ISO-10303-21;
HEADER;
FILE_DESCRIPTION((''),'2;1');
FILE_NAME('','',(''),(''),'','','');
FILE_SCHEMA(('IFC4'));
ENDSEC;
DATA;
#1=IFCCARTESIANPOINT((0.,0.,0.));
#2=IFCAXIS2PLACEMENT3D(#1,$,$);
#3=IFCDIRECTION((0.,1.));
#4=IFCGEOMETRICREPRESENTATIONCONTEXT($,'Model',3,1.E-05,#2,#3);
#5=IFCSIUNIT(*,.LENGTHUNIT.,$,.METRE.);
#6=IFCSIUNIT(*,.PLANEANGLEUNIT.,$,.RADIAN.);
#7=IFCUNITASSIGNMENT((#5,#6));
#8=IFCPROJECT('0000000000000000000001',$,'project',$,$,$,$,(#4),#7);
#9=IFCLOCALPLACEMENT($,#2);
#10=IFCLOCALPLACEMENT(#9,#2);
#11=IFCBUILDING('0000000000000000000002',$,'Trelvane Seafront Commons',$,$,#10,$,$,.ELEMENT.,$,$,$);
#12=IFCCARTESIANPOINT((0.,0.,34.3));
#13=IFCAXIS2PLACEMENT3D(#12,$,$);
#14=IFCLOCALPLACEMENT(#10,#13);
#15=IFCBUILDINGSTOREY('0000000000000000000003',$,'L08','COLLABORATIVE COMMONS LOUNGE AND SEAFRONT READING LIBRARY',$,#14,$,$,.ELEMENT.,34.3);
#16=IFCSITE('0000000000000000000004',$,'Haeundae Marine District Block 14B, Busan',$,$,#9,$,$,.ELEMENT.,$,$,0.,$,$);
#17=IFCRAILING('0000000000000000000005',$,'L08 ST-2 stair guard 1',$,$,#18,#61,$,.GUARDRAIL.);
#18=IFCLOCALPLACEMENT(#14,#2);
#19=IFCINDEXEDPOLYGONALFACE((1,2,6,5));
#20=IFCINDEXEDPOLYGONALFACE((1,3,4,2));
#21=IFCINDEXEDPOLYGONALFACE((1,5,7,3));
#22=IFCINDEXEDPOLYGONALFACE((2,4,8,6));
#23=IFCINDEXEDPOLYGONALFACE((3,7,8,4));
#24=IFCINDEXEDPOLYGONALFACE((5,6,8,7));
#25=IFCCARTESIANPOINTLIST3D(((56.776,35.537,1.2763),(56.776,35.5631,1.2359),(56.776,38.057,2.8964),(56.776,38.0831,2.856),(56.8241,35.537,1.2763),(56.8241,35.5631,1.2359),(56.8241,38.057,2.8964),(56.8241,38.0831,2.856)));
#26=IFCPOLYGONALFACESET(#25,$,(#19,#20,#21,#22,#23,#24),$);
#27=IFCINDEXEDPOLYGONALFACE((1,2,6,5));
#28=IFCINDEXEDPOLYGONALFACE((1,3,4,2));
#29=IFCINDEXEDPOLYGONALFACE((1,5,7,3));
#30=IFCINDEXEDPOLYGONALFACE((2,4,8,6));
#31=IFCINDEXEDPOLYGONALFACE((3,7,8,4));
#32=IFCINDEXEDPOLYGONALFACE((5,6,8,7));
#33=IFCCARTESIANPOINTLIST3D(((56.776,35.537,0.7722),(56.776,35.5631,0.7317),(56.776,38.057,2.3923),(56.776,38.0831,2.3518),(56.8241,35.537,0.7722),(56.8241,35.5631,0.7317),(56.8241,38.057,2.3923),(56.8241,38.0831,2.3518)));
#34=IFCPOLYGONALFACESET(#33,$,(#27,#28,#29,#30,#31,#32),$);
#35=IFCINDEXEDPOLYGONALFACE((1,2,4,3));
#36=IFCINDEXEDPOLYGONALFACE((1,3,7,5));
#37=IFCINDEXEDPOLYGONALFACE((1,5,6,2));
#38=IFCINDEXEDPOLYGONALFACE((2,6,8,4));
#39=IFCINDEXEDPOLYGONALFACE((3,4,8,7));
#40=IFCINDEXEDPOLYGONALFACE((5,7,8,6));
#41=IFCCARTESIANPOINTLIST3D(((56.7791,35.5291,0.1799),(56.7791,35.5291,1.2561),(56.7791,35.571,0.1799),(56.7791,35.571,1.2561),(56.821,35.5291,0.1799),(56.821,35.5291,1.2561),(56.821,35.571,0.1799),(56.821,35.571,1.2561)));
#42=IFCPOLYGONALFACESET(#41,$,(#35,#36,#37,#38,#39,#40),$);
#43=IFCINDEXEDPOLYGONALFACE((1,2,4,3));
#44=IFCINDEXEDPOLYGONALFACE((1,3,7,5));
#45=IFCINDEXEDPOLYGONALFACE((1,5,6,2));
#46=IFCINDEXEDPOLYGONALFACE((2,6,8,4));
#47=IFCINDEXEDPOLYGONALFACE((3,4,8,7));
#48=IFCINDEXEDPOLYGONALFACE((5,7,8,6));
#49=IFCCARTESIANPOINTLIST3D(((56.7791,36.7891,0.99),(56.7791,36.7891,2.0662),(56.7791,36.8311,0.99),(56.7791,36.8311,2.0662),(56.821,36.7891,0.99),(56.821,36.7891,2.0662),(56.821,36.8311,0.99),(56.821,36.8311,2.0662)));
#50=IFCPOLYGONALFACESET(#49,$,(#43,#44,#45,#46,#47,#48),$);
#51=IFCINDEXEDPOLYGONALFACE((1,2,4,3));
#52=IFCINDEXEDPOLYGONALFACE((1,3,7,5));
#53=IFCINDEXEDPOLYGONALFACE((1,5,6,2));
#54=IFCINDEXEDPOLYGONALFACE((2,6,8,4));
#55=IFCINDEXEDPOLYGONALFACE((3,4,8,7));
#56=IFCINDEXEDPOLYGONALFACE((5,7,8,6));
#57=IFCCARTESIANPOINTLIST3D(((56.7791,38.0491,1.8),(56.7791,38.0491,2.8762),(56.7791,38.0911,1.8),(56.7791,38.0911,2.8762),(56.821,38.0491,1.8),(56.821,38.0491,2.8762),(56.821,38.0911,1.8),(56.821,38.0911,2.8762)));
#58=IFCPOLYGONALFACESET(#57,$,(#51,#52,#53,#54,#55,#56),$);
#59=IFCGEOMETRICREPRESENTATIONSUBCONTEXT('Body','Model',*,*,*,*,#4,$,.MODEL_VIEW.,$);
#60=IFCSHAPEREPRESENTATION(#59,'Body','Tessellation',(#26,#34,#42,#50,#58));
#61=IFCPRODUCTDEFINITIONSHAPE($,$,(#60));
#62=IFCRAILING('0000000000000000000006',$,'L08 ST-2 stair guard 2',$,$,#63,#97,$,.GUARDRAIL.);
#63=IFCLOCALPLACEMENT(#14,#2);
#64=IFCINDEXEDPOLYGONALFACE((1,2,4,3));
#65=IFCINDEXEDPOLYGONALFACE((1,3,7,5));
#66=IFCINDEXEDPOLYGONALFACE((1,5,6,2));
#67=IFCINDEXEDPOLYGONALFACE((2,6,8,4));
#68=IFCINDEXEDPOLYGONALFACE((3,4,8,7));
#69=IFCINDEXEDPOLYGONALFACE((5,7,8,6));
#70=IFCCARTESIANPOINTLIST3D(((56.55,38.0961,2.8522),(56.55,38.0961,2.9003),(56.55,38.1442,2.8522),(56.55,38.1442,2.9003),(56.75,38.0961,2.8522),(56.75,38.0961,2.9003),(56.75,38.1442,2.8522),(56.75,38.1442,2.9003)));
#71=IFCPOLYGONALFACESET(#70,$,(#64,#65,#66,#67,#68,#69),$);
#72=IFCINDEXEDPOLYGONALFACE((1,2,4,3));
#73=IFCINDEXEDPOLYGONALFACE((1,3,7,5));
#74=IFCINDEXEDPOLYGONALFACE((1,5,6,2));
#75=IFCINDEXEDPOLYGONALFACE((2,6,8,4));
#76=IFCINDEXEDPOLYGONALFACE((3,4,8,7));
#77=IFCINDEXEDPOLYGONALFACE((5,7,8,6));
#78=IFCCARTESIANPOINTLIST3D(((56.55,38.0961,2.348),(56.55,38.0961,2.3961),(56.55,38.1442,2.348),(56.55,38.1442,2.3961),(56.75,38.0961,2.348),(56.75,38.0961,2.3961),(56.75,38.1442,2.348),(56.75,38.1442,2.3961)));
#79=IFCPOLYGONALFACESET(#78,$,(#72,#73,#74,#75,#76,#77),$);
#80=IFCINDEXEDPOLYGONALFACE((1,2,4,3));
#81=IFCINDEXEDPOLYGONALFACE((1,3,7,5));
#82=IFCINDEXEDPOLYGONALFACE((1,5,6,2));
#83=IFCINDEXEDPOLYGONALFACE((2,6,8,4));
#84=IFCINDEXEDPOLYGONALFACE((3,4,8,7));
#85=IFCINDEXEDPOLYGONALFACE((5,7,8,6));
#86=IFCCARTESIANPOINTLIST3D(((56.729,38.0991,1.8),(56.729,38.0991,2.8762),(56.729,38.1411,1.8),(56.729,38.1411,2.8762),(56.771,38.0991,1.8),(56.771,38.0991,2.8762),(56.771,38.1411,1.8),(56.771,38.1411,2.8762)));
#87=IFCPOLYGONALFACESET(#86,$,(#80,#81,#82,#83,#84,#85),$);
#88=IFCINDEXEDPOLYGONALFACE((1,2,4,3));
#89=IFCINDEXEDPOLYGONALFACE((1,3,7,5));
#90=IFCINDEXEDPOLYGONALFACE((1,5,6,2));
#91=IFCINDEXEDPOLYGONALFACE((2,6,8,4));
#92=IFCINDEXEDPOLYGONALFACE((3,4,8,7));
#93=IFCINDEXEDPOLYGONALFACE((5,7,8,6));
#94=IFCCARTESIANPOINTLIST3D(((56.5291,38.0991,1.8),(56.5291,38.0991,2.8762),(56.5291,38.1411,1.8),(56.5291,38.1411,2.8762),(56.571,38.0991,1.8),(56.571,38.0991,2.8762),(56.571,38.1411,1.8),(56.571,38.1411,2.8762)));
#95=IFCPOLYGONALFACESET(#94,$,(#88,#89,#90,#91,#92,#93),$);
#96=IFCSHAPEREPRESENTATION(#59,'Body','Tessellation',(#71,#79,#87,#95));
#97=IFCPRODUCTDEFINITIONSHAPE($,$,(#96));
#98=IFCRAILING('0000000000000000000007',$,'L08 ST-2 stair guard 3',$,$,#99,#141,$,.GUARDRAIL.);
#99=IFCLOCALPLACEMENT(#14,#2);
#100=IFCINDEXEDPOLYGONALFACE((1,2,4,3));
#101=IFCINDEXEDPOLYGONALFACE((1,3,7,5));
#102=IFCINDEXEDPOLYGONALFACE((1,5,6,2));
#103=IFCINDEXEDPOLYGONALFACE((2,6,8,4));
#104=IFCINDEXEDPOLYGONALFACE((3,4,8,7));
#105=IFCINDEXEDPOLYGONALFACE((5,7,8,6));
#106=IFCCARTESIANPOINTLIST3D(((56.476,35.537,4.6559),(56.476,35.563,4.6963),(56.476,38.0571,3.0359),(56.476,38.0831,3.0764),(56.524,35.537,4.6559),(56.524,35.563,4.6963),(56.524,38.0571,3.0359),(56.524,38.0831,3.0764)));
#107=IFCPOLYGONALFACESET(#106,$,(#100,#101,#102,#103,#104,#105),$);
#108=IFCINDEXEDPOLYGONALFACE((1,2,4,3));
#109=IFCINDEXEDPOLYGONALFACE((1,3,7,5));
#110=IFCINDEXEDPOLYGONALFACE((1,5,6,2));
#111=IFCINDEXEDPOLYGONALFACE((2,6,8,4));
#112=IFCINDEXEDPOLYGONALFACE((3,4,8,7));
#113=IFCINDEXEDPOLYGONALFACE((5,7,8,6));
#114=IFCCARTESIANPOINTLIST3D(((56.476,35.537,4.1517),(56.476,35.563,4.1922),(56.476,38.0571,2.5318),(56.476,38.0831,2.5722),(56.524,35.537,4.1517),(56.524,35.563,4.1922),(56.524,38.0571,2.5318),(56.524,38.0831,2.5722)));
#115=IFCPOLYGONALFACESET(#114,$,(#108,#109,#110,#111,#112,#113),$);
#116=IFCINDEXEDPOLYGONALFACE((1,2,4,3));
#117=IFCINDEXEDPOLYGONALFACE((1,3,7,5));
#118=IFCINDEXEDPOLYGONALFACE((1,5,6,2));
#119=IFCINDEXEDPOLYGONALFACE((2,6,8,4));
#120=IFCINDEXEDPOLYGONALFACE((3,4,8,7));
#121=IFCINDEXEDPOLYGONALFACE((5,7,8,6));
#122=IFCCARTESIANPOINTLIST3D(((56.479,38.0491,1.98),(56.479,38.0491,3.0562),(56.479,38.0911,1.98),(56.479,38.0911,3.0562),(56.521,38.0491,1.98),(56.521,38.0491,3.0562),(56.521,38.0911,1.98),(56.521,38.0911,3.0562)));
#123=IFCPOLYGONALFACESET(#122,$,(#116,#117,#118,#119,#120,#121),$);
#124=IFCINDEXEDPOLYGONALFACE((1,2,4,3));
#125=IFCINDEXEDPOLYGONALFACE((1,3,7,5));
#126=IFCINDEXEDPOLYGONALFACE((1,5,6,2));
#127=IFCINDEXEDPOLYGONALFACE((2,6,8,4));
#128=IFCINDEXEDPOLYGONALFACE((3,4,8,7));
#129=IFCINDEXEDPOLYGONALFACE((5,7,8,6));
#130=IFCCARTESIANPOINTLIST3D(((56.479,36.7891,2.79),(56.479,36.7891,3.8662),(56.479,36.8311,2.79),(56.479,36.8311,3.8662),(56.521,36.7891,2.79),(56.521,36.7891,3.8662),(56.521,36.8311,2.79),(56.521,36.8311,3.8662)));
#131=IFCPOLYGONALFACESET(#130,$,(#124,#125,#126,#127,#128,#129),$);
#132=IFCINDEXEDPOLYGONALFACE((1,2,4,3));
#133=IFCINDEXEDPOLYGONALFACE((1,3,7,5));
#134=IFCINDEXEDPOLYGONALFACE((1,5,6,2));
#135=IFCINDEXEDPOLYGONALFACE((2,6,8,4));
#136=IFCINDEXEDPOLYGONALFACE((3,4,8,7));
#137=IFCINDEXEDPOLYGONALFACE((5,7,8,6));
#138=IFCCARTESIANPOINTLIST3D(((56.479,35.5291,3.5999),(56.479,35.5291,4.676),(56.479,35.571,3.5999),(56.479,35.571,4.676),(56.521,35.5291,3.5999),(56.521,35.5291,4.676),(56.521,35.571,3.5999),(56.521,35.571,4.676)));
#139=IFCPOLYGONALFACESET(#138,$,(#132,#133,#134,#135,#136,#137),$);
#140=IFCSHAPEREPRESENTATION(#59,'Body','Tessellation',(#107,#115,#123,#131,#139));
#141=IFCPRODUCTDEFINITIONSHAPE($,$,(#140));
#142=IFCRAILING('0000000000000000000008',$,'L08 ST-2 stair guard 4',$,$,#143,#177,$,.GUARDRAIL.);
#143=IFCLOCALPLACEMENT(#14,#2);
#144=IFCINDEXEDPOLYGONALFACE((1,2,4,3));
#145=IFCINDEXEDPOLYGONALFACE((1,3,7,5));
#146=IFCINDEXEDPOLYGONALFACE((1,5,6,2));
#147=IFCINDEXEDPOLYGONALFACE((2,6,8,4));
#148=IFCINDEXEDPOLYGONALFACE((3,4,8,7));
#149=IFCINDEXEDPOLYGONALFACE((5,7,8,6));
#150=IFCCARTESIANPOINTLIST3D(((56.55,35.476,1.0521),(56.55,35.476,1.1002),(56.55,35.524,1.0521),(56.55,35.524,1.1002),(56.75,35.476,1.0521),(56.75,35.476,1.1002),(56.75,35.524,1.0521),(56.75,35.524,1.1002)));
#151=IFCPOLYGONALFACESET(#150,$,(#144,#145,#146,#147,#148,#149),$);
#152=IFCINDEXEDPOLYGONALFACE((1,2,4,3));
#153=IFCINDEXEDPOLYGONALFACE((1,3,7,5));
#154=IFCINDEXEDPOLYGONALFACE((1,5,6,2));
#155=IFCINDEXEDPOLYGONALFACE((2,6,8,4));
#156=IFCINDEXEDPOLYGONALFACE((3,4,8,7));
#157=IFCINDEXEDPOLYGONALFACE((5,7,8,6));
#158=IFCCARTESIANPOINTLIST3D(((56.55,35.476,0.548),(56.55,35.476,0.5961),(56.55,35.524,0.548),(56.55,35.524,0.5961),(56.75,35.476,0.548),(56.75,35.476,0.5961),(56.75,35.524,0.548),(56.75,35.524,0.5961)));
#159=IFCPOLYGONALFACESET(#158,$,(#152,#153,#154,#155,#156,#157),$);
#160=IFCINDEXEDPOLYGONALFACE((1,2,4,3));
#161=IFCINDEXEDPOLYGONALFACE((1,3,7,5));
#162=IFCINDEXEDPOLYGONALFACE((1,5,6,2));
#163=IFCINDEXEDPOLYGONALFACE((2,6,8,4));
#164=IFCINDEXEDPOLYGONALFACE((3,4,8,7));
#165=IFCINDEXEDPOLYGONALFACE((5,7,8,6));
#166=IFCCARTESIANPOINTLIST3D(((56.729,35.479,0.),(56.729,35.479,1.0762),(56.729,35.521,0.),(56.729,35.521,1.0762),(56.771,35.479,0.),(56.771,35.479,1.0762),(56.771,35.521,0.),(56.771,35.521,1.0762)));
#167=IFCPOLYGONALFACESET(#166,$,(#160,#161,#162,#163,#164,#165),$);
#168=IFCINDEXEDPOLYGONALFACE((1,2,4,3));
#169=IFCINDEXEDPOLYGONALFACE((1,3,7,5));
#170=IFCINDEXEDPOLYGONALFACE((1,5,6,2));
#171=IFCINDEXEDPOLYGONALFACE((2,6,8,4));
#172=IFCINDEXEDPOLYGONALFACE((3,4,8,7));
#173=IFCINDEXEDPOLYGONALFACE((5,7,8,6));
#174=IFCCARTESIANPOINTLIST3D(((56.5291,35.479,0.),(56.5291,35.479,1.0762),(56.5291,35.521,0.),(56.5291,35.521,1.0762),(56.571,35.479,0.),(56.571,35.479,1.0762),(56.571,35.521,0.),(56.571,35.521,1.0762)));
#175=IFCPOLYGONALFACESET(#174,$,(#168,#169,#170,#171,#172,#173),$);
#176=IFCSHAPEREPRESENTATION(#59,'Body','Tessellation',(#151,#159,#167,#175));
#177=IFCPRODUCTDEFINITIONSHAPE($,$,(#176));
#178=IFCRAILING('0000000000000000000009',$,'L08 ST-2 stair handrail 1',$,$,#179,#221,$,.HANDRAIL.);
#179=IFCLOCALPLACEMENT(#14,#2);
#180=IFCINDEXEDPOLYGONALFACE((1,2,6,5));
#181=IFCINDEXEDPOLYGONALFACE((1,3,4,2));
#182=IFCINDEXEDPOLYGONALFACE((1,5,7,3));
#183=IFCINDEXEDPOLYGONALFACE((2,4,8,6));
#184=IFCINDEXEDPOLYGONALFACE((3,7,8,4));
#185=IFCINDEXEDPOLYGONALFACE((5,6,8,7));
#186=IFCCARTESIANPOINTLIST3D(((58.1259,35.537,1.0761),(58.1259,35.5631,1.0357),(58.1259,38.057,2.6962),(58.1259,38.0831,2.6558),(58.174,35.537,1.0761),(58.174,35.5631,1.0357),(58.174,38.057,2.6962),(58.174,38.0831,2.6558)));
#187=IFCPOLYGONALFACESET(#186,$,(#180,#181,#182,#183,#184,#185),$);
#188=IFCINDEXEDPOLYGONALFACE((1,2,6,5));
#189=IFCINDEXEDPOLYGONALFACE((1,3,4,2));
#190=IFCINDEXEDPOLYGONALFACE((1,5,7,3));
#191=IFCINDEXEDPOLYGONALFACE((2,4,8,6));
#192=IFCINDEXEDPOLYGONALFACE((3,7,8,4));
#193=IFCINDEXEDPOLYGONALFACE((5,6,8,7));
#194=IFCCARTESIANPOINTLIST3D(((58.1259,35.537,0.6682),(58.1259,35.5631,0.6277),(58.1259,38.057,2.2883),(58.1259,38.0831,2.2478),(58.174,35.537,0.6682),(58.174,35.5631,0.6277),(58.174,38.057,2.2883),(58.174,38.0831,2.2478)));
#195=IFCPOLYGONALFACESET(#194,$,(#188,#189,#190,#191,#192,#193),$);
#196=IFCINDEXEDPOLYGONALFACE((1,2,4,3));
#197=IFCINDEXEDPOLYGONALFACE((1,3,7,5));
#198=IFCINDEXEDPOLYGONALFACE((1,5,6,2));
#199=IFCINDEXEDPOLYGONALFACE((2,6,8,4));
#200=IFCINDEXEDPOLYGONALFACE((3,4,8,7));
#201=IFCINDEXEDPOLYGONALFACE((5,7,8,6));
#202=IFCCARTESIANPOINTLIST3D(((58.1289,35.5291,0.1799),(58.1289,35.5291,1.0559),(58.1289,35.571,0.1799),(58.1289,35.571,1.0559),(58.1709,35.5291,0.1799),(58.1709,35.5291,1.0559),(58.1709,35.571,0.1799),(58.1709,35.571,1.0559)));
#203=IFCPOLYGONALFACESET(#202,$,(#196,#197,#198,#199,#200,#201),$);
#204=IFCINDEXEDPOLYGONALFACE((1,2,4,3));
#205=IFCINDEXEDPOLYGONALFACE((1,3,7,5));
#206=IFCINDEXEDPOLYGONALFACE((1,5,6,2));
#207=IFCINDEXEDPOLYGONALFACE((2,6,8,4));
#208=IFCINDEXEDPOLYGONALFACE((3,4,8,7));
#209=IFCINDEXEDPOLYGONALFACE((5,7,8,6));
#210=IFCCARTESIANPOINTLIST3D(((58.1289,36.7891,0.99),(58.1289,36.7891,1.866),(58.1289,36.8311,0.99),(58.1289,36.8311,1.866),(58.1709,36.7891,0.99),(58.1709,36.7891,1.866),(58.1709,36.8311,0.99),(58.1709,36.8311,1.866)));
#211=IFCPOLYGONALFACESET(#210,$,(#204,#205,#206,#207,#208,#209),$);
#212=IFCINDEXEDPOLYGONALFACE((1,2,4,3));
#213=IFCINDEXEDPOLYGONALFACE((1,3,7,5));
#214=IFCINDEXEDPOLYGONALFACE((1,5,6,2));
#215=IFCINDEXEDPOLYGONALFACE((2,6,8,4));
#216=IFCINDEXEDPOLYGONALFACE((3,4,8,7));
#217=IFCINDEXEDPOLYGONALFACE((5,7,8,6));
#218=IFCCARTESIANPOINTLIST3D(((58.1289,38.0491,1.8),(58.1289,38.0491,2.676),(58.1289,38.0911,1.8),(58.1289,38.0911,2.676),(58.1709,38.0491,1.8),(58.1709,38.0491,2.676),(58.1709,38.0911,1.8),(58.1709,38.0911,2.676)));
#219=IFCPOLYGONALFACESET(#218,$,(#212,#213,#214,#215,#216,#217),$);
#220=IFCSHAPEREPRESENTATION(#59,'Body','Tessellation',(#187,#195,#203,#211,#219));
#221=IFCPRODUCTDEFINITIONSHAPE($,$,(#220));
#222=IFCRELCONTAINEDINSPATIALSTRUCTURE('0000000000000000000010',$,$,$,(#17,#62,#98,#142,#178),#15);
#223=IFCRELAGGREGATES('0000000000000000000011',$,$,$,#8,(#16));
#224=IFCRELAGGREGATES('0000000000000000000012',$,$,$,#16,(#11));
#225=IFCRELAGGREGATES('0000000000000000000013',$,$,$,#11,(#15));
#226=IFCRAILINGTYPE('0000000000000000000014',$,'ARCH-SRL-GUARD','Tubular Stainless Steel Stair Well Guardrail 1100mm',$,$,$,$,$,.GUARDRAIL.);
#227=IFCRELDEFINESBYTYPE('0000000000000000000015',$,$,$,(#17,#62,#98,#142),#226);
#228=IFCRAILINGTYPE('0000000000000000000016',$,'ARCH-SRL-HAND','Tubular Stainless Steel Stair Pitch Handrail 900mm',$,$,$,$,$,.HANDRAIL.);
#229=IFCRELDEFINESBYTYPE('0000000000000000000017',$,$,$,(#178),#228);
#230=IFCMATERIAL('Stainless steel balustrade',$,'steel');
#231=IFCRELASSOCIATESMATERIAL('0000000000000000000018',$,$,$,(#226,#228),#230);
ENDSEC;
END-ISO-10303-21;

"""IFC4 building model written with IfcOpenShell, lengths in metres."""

from ifc_helpers import new_model, si_unit, direction, frame, origin, origin_2d, place, context, subcontext, project, spatial, rectangle, extrude, material, type_object, element, save


model = new_model("IFC4")

# Units and contexts
model_context = context("Model", 3, precision=1e-05, world=origin(), true_north=direction((0.0, 1.0)))
body_context = subcontext(model_context, "Body", "Model", "MODEL_VIEW")
ifc_project = project(units=[si_unit("LENGTHUNIT", "METRE"), si_unit("PLANEANGLEUNIT", "RADIAN")], contexts=[model_context])

# Site, building, storey
site_placement = place(None, origin())
site = spatial("IfcSite", under=ifc_project, at=site_placement, Name="Haeundae Marine District Block 14B, Busan", CompositionType="ELEMENT", RefElevation=0.0)
building_placement = place(site_placement, origin())
building = spatial("IfcBuilding", under=site, at=building_placement, Name="Trelvane Seafront Commons", CompositionType="ELEMENT")
storey_placement = place(building_placement, frame((0.0, 0.0, 34.3)))
storey = spatial("IfcBuildingStorey", under=building, at=storey_placement, Name="L08", Description="COLLABORATIVE COMMONS LOUNGE AND SEAFRONT READING LIBRARY", CompositionType="ELEMENT", Elevation=34.3)

# Railings
ifc_material_1 = material(Name="Stainless steel balustrade", Category="steel")
railing_type_1 = type_object("IfcRailingType", Name="ARCH-SRL-GUARD", Description="Tubular Stainless Steel Stair Well Guardrail 1100mm", PredefinedType="GUARDRAIL", material=ifc_material_1)
railing_1_placement = place(storey_placement, frame((56.8, 35.55, 0.1799)))
element("IfcRailing", 1, at=railing_1_placement, inside=storey, type_object=railing_type_1, Name="L08 ST-2 stair guard 1", PredefinedType="GUARDRAIL", context=body_context, shape_type="SweptSolid", body=[
    extrude(rectangle(XDim=0.0481, YDim=0.0481, at=origin_2d()), frame((0.0, 0.0, 1.0762), z_axis=(0.0, 0.841163, 0.540782), x_axis=(-1.0, 0.0, 0.0)), (0.0, 0.0, 1.0), 2.9958),
    extrude(rectangle(XDim=0.0481, YDim=0.0481, at=origin_2d()), frame((0.0, 0.0, 0.572), z_axis=(0.0, 0.841163, 0.540782), x_axis=(-1.0, 0.0, 0.0)), (0.0, 0.0, 1.0), 2.9958),
    extrude(rectangle(XDim=0.042, YDim=0.042, at=origin_2d()), origin(), (0.0, 0.0, 1.0), 1.0762),
    extrude(rectangle(XDim=0.042, YDim=0.042, at=origin_2d()), frame((0.0, 1.26, 0.8101)), (0.0, 0.0, 1.0), 1.0762),
    extrude(rectangle(XDim=0.042, YDim=0.042, at=origin_2d()), frame((0.0, 2.52, 1.6201)), (0.0, 0.0, 1.0), 1.0762),
])
railing_2_placement = place(storey_placement, frame((56.75, 38.1201, 1.8)))
element("IfcRailing", 2, at=railing_2_placement, inside=storey, type_object=railing_type_1, Name="L08 ST-2 stair guard 2", PredefinedType="GUARDRAIL", context=body_context, shape_type="SweptSolid", body=[
    extrude(rectangle(XDim=0.0481, YDim=0.0481, at=origin_2d()), frame((0.0, 0.0, 1.0762), z_axis=(-1.0, 0.0, 0.0), x_axis=(0.0, -1.0, 0.0)), (0.0, 0.0, 1.0), 0.2),
    extrude(rectangle(XDim=0.0481, YDim=0.0481, at=origin_2d()), frame((0.0, 0.0, 0.572), z_axis=(-1.0, 0.0, 0.0), x_axis=(0.0, -1.0, 0.0)), (0.0, 0.0, 1.0), 0.2),
    extrude(rectangle(XDim=0.042, YDim=0.042, at=origin_2d()), origin(), (0.0, 0.0, 1.0), 1.0762),
    extrude(rectangle(XDim=0.042, YDim=0.042, at=origin_2d()), frame((-0.2, 0.0, 0.0)), (0.0, 0.0, 1.0), 1.0762),
])
railing_3_placement = place(storey_placement, frame((56.5, 38.0701, 1.98)))
element("IfcRailing", 3, at=railing_3_placement, inside=storey, type_object=railing_type_1, Name="L08 ST-2 stair guard 3", PredefinedType="GUARDRAIL", context=body_context, shape_type="SweptSolid", body=[
    extrude(rectangle(XDim=0.0481, YDim=0.0481, at=origin_2d()), frame((0.0, 0.0, 1.0762), z_axis=(0.0, -0.8412, 0.540725), x_axis=(1.0, 0.0, 0.0)), (0.0, 0.0, 1.0), 2.9958),
    extrude(rectangle(XDim=0.0481, YDim=0.0481, at=origin_2d()), frame((0.0, 0.0, 0.572), z_axis=(0.0, -0.8412, 0.540725), x_axis=(1.0, 0.0, 0.0)), (0.0, 0.0, 1.0), 2.9958),
    extrude(rectangle(XDim=0.042, YDim=0.042, at=origin_2d()), origin(), (0.0, 0.0, 1.0), 1.0762),
    extrude(rectangle(XDim=0.042, YDim=0.042, at=origin_2d()), frame((0.0, -1.26, 0.8101)), (0.0, 0.0, 1.0), 1.0762),
    extrude(rectangle(XDim=0.042, YDim=0.042, at=origin_2d()), frame((0.0, -2.52, 1.6199)), (0.0, 0.0, 1.0), 1.0762),
])
railing_4_placement = place(storey_placement, frame((56.75, 35.5, 0.0)))
element("IfcRailing", 4, at=railing_4_placement, inside=storey, type_object=railing_type_1, Name="L08 ST-2 stair guard 4", PredefinedType="GUARDRAIL", context=body_context, shape_type="SweptSolid", body=[
    extrude(rectangle(XDim=0.0481, YDim=0.0481, at=origin_2d()), frame((0.0, 0.0, 1.0762), z_axis=(-1.0, 0.0, 0.0), x_axis=(0.0, -1.0, 0.0)), (0.0, 0.0, 1.0), 0.2),
    extrude(rectangle(XDim=0.0481, YDim=0.0481, at=origin_2d()), frame((0.0, 0.0, 0.572), z_axis=(-1.0, 0.0, 0.0), x_axis=(0.0, -1.0, 0.0)), (0.0, 0.0, 1.0), 0.2),
    extrude(rectangle(XDim=0.042, YDim=0.042, at=origin_2d()), origin(), (0.0, 0.0, 1.0), 1.0762),
    extrude(rectangle(XDim=0.042, YDim=0.042, at=origin_2d()), frame((-0.2, 0.0, 0.0)), (0.0, 0.0, 1.0), 1.0762),
])
railing_type_2 = type_object("IfcRailingType", Name="ARCH-SRL-HAND", Description="Tubular Stainless Steel Stair Pitch Handrail 900mm", PredefinedType="HANDRAIL", material=ifc_material_1)
railing_5_placement = place(storey_placement, frame((58.1499, 35.55, 0.1799)))
element("IfcRailing", 5, at=railing_5_placement, inside=storey, type_object=railing_type_2, Name="L08 ST-2 stair handrail 1", PredefinedType="HANDRAIL", context=body_context, shape_type="SweptSolid", body=[
    extrude(rectangle(XDim=0.0481, YDim=0.0481, at=origin_2d()), frame((0.0, 0.0, 0.876), z_axis=(0.0, 0.841163, 0.540782), x_axis=(-1.0, 0.0, 0.0)), (0.0, 0.0, 1.0), 2.9958),
    extrude(rectangle(XDim=0.0481, YDim=0.0481, at=origin_2d()), frame((0.0, 0.0, 0.468), z_axis=(0.0, 0.841163, 0.540782), x_axis=(-1.0, 0.0, 0.0)), (0.0, 0.0, 1.0), 2.9958),
    extrude(rectangle(XDim=0.042, YDim=0.042, at=origin_2d()), origin(), (0.0, 0.0, 1.0), 0.876),
    extrude(rectangle(XDim=0.042, YDim=0.042, at=origin_2d()), frame((0.0, 1.26, 0.8101)), (0.0, 0.0, 1.0), 0.876),
    extrude(rectangle(XDim=0.042, YDim=0.042, at=origin_2d()), frame((0.0, 2.52, 1.6201)), (0.0, 0.0, 1.0), 0.876),
])

save(model, "model.ifc")
